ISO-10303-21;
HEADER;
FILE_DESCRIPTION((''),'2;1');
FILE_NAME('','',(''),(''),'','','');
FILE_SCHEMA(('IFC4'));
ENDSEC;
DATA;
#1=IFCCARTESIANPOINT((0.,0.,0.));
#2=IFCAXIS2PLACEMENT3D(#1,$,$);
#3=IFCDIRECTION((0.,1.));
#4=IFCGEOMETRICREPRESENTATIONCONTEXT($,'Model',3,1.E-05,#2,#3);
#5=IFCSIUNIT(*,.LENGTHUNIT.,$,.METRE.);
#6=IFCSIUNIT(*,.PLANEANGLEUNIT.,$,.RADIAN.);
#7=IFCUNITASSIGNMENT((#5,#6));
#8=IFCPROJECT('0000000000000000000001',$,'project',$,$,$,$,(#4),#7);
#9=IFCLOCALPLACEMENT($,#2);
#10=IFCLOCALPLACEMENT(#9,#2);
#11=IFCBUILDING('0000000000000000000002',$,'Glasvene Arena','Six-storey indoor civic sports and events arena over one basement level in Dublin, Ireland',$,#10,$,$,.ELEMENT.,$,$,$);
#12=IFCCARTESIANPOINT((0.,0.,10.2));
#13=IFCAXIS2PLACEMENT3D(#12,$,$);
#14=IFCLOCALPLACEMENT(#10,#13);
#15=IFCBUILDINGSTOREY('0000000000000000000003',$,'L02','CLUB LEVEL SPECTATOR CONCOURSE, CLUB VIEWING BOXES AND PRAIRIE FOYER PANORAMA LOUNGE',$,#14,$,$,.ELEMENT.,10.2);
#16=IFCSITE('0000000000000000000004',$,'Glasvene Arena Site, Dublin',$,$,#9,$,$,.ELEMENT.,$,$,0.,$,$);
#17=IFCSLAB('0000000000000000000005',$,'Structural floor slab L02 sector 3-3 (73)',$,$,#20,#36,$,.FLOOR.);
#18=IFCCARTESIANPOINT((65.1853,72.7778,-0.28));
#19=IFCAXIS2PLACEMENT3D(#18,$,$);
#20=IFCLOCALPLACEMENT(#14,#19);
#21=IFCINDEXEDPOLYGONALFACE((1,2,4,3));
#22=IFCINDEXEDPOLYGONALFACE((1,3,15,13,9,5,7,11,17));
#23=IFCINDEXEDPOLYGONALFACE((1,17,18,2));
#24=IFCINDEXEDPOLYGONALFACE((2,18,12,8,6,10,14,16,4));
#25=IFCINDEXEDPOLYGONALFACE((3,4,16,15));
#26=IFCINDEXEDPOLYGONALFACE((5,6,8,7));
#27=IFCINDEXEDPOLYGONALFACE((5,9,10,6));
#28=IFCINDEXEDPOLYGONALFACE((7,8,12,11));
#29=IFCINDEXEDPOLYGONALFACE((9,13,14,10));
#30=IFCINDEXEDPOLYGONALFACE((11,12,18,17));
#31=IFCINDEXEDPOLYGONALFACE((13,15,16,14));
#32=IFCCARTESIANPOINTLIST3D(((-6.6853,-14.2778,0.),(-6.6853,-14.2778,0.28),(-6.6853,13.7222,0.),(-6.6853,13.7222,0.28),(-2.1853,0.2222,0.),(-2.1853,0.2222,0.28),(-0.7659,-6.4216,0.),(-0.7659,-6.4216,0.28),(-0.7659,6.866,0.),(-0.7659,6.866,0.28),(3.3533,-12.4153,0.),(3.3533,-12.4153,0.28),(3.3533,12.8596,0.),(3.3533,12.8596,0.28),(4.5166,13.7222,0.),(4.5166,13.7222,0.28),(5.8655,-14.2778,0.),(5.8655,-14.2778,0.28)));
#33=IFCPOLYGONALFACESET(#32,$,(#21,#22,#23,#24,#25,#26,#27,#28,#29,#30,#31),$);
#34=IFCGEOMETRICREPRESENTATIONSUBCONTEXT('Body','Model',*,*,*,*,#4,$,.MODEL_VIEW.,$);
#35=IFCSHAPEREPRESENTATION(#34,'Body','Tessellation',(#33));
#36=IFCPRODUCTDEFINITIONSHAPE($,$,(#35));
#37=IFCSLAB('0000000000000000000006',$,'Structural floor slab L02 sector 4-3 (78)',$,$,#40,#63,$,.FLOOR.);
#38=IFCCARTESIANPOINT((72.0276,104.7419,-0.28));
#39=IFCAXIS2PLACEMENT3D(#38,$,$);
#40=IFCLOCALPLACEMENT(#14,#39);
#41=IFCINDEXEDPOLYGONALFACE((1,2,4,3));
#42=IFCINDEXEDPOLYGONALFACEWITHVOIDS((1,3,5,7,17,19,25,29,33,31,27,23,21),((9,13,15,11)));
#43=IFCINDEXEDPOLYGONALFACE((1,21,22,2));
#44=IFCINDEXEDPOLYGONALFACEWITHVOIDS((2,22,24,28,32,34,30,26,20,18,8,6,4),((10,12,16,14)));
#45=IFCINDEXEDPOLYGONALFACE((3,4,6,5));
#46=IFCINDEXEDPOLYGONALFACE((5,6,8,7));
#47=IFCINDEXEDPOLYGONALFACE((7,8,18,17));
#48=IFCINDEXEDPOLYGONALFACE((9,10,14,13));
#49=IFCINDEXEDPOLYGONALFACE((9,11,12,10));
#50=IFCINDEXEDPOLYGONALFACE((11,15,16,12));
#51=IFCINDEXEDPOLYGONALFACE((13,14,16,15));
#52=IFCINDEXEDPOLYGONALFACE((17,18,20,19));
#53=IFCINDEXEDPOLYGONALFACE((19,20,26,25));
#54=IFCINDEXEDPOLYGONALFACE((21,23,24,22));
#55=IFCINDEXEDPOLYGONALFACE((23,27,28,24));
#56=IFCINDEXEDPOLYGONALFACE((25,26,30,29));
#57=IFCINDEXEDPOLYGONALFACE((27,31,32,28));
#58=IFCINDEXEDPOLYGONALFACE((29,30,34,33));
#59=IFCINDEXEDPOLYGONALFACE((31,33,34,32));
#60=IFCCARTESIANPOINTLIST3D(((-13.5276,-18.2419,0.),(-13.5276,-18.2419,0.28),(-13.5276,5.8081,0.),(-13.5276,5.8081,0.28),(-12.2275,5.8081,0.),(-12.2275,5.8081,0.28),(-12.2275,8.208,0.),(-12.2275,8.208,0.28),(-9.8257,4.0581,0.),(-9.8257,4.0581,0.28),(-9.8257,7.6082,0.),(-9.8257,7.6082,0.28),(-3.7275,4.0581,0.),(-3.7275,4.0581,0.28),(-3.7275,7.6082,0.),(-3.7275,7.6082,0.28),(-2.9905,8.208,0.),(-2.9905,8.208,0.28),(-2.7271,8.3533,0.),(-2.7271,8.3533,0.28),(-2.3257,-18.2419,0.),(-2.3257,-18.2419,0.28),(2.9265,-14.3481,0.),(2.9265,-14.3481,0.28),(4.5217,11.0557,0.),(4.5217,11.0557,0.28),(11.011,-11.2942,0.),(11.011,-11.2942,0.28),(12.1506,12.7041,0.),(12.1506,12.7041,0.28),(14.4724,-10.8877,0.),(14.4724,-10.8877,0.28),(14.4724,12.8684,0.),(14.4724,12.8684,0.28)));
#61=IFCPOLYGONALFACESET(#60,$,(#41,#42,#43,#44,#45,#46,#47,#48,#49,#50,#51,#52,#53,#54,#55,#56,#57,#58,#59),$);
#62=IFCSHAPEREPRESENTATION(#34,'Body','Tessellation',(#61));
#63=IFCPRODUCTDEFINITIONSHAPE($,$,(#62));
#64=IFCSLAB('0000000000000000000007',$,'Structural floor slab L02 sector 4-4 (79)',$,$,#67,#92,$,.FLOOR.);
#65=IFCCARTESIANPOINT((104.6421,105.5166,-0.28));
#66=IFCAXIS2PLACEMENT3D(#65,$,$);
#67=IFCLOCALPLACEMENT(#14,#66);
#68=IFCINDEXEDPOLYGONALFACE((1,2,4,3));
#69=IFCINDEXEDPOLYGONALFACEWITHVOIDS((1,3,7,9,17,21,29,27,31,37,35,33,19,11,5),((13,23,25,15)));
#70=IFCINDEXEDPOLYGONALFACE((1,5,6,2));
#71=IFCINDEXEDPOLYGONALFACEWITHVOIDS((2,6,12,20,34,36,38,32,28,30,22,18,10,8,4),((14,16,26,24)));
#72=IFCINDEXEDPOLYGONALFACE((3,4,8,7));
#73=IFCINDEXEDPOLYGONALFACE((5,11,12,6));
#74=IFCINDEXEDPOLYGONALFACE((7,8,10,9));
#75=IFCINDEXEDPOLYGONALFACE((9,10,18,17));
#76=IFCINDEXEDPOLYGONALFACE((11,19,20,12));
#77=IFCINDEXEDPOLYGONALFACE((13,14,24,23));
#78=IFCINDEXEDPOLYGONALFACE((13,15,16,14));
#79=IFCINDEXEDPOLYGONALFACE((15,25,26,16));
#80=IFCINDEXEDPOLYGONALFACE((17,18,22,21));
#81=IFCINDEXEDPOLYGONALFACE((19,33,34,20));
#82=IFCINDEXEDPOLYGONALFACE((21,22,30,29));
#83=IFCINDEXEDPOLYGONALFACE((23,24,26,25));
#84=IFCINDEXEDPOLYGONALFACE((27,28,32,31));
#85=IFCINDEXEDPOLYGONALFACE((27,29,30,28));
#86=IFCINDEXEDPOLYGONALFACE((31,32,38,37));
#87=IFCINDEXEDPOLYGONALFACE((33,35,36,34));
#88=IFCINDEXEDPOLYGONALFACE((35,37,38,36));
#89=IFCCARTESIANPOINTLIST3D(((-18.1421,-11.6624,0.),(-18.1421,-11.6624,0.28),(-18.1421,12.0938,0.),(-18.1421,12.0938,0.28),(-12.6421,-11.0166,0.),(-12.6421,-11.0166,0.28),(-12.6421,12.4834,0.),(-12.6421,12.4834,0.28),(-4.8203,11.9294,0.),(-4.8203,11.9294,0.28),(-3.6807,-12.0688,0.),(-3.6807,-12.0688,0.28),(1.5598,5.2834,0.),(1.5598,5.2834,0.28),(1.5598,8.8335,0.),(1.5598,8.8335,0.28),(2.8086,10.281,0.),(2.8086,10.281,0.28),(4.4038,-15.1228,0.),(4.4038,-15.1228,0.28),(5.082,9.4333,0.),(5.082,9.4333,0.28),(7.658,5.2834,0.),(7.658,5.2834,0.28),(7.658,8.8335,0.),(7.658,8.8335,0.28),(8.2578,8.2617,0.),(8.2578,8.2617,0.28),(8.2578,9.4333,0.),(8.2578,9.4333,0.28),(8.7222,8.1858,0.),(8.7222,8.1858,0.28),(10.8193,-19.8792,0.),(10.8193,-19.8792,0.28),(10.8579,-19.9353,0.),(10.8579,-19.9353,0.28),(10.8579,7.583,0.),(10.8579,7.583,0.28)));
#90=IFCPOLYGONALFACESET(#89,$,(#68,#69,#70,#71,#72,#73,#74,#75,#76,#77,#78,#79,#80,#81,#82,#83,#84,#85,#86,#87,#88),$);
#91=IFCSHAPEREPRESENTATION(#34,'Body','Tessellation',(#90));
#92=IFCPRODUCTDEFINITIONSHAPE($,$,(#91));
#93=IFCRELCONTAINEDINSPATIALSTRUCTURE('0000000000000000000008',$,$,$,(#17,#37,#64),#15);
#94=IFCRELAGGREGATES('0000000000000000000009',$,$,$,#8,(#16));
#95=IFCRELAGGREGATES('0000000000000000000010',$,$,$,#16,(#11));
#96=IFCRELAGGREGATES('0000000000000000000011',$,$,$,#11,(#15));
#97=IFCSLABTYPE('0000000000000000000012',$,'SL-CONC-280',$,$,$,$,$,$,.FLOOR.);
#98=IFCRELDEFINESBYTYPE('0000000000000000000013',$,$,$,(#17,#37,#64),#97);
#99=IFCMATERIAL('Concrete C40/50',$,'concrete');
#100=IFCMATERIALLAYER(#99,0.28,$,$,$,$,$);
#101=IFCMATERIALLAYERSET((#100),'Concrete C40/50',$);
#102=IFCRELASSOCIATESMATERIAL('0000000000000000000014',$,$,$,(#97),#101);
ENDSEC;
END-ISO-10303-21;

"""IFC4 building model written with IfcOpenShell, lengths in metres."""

from ifc_helpers import new_model, si_unit, direction, frame, origin, place, context, subcontext, project, spatial, polyline, outline, extrude, material, layer, layer_set, type_object, element, save


model = new_model("IFC4")

# Units and contexts
model_context = context("Model", 3, precision=1e-05, world=origin(), true_north=direction((0.0, 1.0)))
body_context = subcontext(model_context, "Body", "Model", "MODEL_VIEW")
ifc_project = project(units=[si_unit("LENGTHUNIT", "METRE"), si_unit("PLANEANGLEUNIT", "RADIAN")], contexts=[model_context])

# Site, building, storey
site_placement = place(None, origin())
site = spatial("IfcSite", under=ifc_project, at=site_placement, Name="Glasvene Arena Site, Dublin", CompositionType="ELEMENT", RefElevation=0.0)
building_placement = place(site_placement, origin())
building = spatial("IfcBuilding", under=site, at=building_placement, Name="Glasvene Arena", Description="Six-storey indoor civic sports and events arena over one basement level in Dublin, Ireland", CompositionType="ELEMENT")
storey_placement = place(building_placement, frame((0.0, 0.0, 10.2)))
storey = spatial("IfcBuildingStorey", under=building, at=storey_placement, Name="L02", Description="CLUB LEVEL SPECTATOR CONCOURSE, CLUB VIEWING BOXES AND PRAIRIE FOYER PANORAMA LOUNGE", CompositionType="ELEMENT", Elevation=10.2)

# Shared definitions
ifc_material_1 = material(Name="Concrete C40/50", Category="concrete")

# Slabs
ifc_layer = layer(ifc_material_1, 0.28)
ifc_layer_set = layer_set([ifc_layer], Name="Concrete C40/50")
slab_type = type_object("IfcSlabType", Name="SL-CONC-280", PredefinedType="FLOOR", material=ifc_layer_set)
slab_1_placement = place(storey_placement, frame((65.1853, 72.7778, -0.28)))
element("IfcSlab", 1, at=slab_1_placement, inside=storey, type_object=slab_type, Name="Structural floor slab L02 sector 3-3 (73)", PredefinedType="FLOOR", context=body_context, shape_type="SweptSolid", body=[
    extrude(outline(polyline([(3.3533, 12.8596), (-0.7659, 6.866), (-2.1853, 0.2222), (-0.7659, -6.4216), (3.3533, -12.4153), (5.8655, -14.2778), (-6.6853, -14.2778), (-6.6853, 13.7222), (4.5166, 13.7222), (3.3533, 12.8596)])), origin(), (0.0, 0.0, 1.0), 0.28),
])
slab_2_placement = place(storey_placement, frame((72.0276, 104.7419, -0.28)))
element("IfcSlab", 2, at=slab_2_placement, inside=storey, type_object=slab_type, Name="Structural floor slab L02 sector 4-3 (78)", PredefinedType="FLOOR", context=body_context, shape_type="SweptSolid", body=[
    extrude(outline(polyline([(-12.2275, 8.208), (-2.9905, 8.208), (-2.7271, 8.3533), (4.5217, 11.0557), (12.1506, 12.7041), (14.4724, 12.8684), (14.4724, -10.8877), (11.011, -11.2942), (2.9265, -14.3481), (-2.3257, -18.2419), (-13.5276, -18.2419), (-13.5276, 5.8081), (-12.2275, 5.8081), (-12.2275, 8.208)]), holes=[polyline([(-3.7275, 4.0581), (-3.7275, 7.6082), (-9.8257, 7.6082), (-9.8257, 4.0581), (-3.7275, 4.0581)])]), origin(), (0.0, 0.0, 1.0), 0.28),
])
slab_3_placement = place(storey_placement, frame((104.6421, 105.5166, -0.28)))
element("IfcSlab", 3, at=slab_3_placement, inside=storey, type_object=slab_type, Name="Structural floor slab L02 sector 4-4 (79)", PredefinedType="FLOOR", context=body_context, shape_type="SweptSolid", body=[
    extrude(outline(polyline([(4.4038, -15.1228), (-3.6807, -12.0688), (-12.6421, -11.0166), (-18.1421, -11.6624), (-18.1421, 12.0938), (-12.6421, 12.4834), (-4.8203, 11.9294), (2.8086, 10.281), (5.082, 9.4333), (8.2578, 9.4333), (8.2578, 8.2617), (8.7222, 8.1858), (10.8579, 7.583), (10.8579, -19.9353), (10.8193, -19.8792), (4.4038, -15.1228)]), holes=[polyline([(7.658, 5.2834), (7.658, 8.8335), (1.5598, 8.8335), (1.5598, 5.2834), (7.658, 5.2834)])]), origin(), (0.0, 0.0, 1.0), 0.28),
])

save(model, "model.ifc")
